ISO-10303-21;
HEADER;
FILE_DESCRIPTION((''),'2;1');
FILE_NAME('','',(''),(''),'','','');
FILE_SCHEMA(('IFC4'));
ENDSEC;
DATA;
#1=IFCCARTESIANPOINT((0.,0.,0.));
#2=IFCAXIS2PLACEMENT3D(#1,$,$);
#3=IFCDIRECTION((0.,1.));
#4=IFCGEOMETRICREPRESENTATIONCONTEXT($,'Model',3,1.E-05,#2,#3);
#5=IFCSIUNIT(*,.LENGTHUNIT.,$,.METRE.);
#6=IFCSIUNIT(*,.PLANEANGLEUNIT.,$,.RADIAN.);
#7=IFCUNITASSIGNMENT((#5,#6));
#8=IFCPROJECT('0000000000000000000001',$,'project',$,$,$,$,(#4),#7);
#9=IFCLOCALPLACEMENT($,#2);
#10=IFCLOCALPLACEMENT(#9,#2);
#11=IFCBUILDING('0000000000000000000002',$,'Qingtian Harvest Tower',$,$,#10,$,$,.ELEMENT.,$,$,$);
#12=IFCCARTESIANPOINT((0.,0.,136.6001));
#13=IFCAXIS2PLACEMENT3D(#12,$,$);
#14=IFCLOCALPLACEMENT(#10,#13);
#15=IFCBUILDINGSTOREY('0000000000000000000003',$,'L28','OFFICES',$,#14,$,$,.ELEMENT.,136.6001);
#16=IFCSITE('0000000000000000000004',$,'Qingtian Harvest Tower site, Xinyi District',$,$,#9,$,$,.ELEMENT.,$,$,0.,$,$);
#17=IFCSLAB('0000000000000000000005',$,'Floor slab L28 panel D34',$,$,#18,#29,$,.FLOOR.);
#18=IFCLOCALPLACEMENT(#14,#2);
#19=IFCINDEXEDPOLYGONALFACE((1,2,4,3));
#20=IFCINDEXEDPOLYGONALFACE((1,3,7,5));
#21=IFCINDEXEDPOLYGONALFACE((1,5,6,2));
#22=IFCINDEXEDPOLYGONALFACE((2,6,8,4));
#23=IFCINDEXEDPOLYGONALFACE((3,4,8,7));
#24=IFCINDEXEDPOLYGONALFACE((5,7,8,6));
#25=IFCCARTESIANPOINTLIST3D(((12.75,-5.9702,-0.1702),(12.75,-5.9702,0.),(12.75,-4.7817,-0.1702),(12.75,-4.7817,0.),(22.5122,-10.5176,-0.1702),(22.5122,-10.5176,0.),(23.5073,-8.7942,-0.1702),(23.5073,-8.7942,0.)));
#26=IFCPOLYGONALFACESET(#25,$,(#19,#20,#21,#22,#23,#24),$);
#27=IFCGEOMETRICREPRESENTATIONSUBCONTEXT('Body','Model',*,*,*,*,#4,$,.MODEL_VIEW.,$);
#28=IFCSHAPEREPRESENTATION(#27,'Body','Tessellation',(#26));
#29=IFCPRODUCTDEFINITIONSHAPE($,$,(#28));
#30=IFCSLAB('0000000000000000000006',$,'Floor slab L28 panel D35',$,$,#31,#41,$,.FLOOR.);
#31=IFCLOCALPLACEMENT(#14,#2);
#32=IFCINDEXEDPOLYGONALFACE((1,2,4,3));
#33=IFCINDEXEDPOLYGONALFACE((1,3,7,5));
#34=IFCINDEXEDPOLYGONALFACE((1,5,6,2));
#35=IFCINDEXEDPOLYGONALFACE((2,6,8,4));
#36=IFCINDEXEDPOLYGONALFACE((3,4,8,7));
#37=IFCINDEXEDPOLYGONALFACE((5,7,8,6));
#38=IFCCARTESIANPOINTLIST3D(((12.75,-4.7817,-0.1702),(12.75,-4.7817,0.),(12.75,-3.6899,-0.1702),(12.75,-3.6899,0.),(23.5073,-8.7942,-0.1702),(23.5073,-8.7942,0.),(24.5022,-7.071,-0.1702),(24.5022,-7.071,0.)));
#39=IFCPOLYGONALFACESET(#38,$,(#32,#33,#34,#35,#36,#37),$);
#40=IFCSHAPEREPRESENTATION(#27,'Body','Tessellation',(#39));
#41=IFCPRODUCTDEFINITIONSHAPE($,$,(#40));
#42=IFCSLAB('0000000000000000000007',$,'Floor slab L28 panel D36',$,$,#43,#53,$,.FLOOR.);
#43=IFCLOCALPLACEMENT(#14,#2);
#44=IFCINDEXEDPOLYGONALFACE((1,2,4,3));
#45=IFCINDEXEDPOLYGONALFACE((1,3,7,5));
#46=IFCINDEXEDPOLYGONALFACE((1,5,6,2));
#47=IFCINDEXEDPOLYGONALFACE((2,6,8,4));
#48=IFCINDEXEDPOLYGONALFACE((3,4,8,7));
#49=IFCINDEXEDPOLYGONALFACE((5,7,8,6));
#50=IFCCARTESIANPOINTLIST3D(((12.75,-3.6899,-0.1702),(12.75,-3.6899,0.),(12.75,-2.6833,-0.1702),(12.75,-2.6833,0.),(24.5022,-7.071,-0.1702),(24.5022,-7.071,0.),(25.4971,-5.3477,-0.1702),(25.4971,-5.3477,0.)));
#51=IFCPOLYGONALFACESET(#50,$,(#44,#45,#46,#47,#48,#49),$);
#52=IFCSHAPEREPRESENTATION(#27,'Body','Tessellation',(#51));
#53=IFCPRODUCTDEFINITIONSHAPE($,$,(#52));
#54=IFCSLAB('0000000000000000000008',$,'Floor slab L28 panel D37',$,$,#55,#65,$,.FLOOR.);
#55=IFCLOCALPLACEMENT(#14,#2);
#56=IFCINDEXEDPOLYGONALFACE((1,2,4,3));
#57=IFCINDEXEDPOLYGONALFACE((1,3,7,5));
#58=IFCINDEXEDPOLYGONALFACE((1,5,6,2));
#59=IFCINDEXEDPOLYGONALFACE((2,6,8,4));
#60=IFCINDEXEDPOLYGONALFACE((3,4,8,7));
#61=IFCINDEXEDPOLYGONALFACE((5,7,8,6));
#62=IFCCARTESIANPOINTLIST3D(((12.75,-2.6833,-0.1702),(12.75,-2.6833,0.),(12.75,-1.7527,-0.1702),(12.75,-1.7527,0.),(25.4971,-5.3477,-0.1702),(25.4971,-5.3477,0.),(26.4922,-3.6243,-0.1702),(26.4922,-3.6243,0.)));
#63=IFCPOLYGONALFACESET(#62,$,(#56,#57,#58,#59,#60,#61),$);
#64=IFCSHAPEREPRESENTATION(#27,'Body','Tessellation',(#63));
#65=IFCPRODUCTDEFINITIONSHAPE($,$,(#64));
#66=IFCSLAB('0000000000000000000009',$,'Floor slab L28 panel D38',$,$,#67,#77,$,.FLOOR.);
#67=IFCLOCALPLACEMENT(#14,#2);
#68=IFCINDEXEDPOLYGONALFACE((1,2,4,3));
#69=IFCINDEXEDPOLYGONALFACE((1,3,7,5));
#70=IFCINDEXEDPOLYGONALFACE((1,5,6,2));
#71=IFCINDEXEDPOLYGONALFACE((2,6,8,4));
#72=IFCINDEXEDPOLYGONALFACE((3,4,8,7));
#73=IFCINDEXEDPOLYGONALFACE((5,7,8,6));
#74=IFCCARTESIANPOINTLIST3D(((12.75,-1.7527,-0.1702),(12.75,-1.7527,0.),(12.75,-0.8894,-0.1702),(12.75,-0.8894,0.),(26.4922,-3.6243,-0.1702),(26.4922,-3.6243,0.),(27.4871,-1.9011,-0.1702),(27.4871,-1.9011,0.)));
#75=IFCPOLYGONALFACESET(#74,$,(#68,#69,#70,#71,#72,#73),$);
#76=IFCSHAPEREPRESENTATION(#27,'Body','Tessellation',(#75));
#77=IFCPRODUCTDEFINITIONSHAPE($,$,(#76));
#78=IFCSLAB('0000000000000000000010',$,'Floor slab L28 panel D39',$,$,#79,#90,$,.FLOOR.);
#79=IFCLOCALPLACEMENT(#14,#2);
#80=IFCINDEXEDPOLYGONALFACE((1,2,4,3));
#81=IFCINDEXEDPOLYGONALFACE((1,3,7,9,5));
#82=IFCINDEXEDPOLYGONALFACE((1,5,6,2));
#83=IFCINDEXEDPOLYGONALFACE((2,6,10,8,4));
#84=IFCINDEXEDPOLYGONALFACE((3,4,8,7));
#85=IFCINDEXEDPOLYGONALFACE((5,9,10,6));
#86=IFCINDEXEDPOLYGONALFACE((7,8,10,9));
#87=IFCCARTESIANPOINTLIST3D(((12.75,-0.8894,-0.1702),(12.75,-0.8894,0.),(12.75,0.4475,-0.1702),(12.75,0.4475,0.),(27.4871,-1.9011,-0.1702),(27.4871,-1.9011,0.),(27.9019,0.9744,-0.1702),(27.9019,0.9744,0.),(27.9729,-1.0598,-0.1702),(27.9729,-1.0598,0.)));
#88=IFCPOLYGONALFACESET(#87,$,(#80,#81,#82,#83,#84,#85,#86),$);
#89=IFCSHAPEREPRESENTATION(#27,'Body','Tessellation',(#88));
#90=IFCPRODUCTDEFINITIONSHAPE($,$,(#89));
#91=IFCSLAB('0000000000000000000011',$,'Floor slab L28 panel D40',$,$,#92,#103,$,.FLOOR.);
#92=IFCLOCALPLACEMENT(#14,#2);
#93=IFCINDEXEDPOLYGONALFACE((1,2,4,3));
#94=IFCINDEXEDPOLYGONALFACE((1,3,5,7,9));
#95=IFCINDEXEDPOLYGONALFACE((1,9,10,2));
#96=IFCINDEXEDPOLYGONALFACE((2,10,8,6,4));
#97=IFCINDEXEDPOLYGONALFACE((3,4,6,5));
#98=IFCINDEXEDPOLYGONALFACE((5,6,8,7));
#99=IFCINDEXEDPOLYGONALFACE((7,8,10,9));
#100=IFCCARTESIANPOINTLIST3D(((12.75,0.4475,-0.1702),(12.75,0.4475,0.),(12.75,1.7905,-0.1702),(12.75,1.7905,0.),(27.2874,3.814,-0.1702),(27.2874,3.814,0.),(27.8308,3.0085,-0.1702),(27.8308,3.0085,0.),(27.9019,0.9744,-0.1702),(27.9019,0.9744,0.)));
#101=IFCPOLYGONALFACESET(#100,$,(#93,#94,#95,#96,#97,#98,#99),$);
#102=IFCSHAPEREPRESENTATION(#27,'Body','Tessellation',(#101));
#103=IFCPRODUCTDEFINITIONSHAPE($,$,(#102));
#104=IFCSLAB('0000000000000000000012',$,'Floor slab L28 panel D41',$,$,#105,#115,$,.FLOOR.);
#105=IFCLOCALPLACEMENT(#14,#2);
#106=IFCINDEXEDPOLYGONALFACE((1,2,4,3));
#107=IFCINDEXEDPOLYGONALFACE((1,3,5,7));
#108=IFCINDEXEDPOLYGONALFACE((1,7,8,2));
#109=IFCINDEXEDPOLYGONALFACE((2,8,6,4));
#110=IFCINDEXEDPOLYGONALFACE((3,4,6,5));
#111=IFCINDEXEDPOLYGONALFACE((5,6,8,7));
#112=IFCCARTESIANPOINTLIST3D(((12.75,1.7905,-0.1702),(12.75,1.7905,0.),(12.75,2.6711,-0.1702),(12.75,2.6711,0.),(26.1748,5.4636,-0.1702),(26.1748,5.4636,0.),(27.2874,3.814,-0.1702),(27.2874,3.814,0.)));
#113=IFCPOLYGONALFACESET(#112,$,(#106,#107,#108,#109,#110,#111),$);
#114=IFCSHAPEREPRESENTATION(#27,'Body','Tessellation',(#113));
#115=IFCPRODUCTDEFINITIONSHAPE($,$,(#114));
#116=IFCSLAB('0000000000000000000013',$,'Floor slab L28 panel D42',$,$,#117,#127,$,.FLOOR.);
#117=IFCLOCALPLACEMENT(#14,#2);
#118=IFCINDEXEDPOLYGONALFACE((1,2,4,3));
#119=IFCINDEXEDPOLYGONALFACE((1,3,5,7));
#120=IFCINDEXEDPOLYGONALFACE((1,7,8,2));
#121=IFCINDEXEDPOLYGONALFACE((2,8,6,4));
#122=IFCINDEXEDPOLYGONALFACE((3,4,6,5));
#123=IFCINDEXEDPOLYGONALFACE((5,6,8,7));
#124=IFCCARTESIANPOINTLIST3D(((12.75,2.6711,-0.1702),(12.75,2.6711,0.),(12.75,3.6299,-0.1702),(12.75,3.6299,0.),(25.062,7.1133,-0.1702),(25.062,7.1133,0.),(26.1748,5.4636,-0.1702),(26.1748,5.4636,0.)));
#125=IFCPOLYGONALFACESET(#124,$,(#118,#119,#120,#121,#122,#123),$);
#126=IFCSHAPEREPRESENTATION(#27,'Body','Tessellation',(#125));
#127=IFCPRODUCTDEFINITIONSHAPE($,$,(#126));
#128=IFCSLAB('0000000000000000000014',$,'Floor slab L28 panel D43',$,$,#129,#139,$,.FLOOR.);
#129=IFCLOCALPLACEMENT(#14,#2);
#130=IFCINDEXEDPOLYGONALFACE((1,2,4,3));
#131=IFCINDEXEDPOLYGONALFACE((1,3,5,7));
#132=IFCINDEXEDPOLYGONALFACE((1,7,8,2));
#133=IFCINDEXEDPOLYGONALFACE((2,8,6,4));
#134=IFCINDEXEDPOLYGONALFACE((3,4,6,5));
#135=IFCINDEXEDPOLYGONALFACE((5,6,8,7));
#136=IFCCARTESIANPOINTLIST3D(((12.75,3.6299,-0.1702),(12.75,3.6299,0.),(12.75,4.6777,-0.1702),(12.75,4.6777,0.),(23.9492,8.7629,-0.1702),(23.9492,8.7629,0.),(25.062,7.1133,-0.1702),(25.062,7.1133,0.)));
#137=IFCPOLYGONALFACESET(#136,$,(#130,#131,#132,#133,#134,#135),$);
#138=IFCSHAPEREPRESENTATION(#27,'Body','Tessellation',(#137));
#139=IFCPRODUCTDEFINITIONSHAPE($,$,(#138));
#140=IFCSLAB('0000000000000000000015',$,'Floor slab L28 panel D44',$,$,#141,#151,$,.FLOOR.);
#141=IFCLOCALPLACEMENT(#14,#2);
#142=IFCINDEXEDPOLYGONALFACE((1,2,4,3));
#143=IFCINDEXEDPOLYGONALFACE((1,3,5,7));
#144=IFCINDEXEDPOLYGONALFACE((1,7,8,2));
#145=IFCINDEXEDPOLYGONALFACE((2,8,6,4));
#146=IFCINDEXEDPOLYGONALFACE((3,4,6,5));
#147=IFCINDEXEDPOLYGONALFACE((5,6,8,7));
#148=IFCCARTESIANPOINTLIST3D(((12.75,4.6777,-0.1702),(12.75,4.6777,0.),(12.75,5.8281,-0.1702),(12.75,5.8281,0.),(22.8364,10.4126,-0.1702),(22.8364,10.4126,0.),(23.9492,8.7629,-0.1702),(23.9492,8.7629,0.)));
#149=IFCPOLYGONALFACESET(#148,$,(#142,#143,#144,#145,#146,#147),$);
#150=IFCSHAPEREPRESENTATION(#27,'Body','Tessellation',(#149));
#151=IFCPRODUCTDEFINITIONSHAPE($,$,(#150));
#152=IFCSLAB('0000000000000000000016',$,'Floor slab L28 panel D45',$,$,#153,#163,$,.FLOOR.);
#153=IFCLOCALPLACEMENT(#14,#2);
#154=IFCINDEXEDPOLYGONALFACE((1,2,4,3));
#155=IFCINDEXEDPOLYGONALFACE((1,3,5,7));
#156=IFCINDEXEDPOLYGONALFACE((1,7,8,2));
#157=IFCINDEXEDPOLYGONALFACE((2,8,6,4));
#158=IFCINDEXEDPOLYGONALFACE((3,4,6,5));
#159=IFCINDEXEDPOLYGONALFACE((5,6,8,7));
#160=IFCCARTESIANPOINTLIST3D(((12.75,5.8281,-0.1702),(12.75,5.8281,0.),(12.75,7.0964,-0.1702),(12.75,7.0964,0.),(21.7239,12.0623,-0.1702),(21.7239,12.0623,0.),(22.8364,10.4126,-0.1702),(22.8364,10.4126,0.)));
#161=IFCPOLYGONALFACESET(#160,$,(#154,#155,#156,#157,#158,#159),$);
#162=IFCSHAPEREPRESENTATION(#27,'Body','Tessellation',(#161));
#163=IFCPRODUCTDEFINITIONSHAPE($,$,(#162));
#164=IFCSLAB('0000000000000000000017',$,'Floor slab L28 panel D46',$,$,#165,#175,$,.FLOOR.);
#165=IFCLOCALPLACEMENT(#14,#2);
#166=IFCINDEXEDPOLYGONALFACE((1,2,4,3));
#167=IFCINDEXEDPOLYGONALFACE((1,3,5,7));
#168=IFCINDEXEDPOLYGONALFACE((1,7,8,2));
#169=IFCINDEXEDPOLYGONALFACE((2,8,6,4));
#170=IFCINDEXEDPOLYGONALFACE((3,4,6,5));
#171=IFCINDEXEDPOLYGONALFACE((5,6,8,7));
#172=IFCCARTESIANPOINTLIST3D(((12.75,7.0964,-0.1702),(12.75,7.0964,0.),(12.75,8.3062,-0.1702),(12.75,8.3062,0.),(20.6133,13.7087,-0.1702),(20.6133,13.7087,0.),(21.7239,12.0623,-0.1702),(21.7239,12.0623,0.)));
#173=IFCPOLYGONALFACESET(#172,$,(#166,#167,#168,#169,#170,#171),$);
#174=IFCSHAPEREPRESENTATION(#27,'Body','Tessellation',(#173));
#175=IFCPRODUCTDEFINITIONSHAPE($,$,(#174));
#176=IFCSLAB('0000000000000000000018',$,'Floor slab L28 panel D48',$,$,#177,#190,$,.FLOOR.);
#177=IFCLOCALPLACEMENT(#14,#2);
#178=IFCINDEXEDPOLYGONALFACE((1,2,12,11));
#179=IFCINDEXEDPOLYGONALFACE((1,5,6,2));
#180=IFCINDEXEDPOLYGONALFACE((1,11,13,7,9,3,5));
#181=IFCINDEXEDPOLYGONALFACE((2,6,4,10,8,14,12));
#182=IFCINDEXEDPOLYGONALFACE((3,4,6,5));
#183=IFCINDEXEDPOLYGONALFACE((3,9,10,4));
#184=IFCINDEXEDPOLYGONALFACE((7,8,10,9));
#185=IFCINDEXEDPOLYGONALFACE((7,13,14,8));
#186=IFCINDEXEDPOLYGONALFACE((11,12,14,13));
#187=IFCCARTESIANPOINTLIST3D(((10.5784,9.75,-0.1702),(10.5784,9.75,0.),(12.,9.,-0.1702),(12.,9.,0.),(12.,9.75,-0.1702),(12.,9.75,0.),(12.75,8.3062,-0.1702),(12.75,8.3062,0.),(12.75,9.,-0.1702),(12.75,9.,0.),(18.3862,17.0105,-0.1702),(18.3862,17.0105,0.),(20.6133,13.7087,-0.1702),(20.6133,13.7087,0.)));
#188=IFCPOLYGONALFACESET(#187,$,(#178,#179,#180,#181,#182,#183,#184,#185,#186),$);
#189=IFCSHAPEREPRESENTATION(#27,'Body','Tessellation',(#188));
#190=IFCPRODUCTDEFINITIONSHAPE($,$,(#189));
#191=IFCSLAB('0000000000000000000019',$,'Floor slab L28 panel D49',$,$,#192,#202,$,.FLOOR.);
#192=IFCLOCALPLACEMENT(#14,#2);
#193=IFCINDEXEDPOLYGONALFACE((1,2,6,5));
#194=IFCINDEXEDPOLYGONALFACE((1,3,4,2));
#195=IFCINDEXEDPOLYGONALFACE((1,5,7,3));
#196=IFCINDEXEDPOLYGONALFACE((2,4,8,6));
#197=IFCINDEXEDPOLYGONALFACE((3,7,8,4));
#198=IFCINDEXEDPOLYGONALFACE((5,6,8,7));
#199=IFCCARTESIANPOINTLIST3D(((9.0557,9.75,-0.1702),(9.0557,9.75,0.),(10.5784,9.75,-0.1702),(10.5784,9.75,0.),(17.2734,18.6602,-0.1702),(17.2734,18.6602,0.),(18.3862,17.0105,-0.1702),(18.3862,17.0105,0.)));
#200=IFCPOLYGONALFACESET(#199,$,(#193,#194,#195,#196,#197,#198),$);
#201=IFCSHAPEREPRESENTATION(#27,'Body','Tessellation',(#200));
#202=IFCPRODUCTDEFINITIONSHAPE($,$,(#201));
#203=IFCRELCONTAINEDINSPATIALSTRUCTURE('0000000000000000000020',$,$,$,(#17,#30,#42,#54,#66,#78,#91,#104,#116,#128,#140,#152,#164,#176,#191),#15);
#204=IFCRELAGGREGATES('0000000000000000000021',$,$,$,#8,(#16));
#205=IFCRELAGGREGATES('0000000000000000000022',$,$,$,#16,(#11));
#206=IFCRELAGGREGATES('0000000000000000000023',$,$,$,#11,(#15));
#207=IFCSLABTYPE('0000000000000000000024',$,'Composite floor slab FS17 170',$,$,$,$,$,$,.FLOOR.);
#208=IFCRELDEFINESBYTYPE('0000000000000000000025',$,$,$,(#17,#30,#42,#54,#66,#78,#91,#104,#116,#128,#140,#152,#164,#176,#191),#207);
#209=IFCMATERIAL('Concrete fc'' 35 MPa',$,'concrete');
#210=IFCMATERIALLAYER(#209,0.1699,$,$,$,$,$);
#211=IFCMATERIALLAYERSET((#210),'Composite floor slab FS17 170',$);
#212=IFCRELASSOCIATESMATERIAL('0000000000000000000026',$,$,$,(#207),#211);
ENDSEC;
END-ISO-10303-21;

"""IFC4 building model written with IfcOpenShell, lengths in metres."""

from ifc_helpers import new_model, si_unit, direction, frame, origin, place, context, subcontext, project, spatial, polyline, outline, extrude, material, layer, layer_set, type_object, element, save


model = new_model("IFC4")

# Units and contexts
model_context = context("Model", 3, precision=1e-05, world=origin(), true_north=direction((0.0, 1.0)))
body_context = subcontext(model_context, "Body", "Model", "MODEL_VIEW")
ifc_project = project(units=[si_unit("LENGTHUNIT", "METRE"), si_unit("PLANEANGLEUNIT", "RADIAN")], contexts=[model_context])

# Site, building, storey
site_placement = place(None, origin())
site = spatial("IfcSite", under=ifc_project, at=site_placement, Name="Qingtian Harvest Tower site, Xinyi District", CompositionType="ELEMENT", RefElevation=0.0)
building_placement = place(site_placement, origin())
building = spatial("IfcBuilding", under=site, at=building_placement, Name="Qingtian Harvest Tower", CompositionType="ELEMENT")
storey_placement = place(building_placement, frame((0.0, 0.0, 136.6001)))
storey = spatial("IfcBuildingStorey", under=building, at=storey_placement, Name="L28", Description="OFFICES", CompositionType="ELEMENT", Elevation=136.6001)

# Slabs
ifc_material_1 = material(Name="Concrete fc' 35 MPa", Category="concrete")
ifc_layer_1 = layer(ifc_material_1, 0.1699)
ifc_layer_set_1 = layer_set([ifc_layer_1], Name="Composite floor slab FS17 170")
slab_type = type_object("IfcSlabType", Name="Composite floor slab FS17 170", PredefinedType="FLOOR", material=ifc_layer_set_1)
slab_1_placement = place(storey_placement, frame((0.0, 0.0, -0.1702)))
element("IfcSlab", 1, at=slab_1_placement, inside=storey, type_object=slab_type, Name="Floor slab L28 panel D34", PredefinedType="FLOOR", context=body_context, shape_type="SweptSolid", body=[
    extrude(outline(polyline([(12.75, -4.7817), (23.5073, -8.7942), (22.5122, -10.5176), (12.75, -5.9702), (12.75, -4.7817)])), origin(), (0.0, 0.0, 1.0), 0.1702),
])
slab_2_placement = place(storey_placement, frame((0.0, 0.0, -0.1702)))
element("IfcSlab", 2, at=slab_2_placement, inside=storey, type_object=slab_type, Name="Floor slab L28 panel D35", PredefinedType="FLOOR", context=body_context, shape_type="SweptSolid", body=[
    extrude(outline(polyline([(12.75, -3.6899), (24.5022, -7.071), (23.5073, -8.7942), (12.75, -4.7817), (12.75, -3.6899)])), origin(), (0.0, 0.0, 1.0), 0.1702),
])
slab_3_placement = place(storey_placement, frame((0.0, 0.0, -0.1702)))
element("IfcSlab", 3, at=slab_3_placement, inside=storey, type_object=slab_type, Name="Floor slab L28 panel D36", PredefinedType="FLOOR", context=body_context, shape_type="SweptSolid", body=[
    extrude(outline(polyline([(12.75, -2.6833), (25.4971, -5.3477), (24.5022, -7.071), (12.75, -3.6899), (12.75, -2.6833)])), origin(), (0.0, 0.0, 1.0), 0.1702),
])
slab_4_placement = place(storey_placement, frame((0.0, 0.0, -0.1702)))
element("IfcSlab", 4, at=slab_4_placement, inside=storey, type_object=slab_type, Name="Floor slab L28 panel D37", PredefinedType="FLOOR", context=body_context, shape_type="SweptSolid", body=[
    extrude(outline(polyline([(12.75, -1.7527), (26.4922, -3.6243), (25.4971, -5.3477), (12.75, -2.6833), (12.75, -1.7527)])), origin(), (0.0, 0.0, 1.0), 0.1702),
])
slab_5_placement = place(storey_placement, frame((0.0, 0.0, -0.1702)))
element("IfcSlab", 5, at=slab_5_placement, inside=storey, type_object=slab_type, Name="Floor slab L28 panel D38", PredefinedType="FLOOR", context=body_context, shape_type="SweptSolid", body=[
    extrude(outline(polyline([(12.75, -0.8894), (27.4871, -1.9011), (26.4922, -3.6243), (12.75, -1.7527), (12.75, -0.8894)])), origin(), (0.0, 0.0, 1.0), 0.1702),
])
slab_6_placement = place(storey_placement, frame((0.0, 0.0, -0.1702)))
element("IfcSlab", 6, at=slab_6_placement, inside=storey, type_object=slab_type, Name="Floor slab L28 panel D39", PredefinedType="FLOOR", context=body_context, shape_type="SweptSolid", body=[
    extrude(outline(polyline([(12.75, -0.8894), (12.75, 0.4475), (27.9019, 0.9744), (27.9729, -1.0598), (27.4871, -1.9011), (12.75, -0.8894)])), origin(), (0.0, 0.0, 1.0), 0.1702),
])
slab_7_placement = place(storey_placement, frame((0.0, 0.0, -0.1702)))
element("IfcSlab", 7, at=slab_7_placement, inside=storey, type_object=slab_type, Name="Floor slab L28 panel D40", PredefinedType="FLOOR", context=body_context, shape_type="SweptSolid", body=[
    extrude(outline(polyline([(12.75, 0.4475), (12.75, 1.7905), (27.2874, 3.814), (27.8308, 3.0085), (27.9019, 0.9744), (12.75, 0.4475)])), origin(), (0.0, 0.0, 1.0), 0.1702),
])
slab_8_placement = place(storey_placement, frame((0.0, 0.0, -0.1702)))
element("IfcSlab", 8, at=slab_8_placement, inside=storey, type_object=slab_type, Name="Floor slab L28 panel D41", PredefinedType="FLOOR", context=body_context, shape_type="SweptSolid", body=[
    extrude(outline(polyline([(12.75, 2.6711), (26.1748, 5.4636), (27.2874, 3.814), (12.75, 1.7905), (12.75, 2.6711)])), origin(), (0.0, 0.0, 1.0), 0.1702),
])
slab_9_placement = place(storey_placement, frame((0.0, 0.0, -0.1702)))
element("IfcSlab", 9, at=slab_9_placement, inside=storey, type_object=slab_type, Name="Floor slab L28 panel D42", PredefinedType="FLOOR", context=body_context, shape_type="SweptSolid", body=[
    extrude(outline(polyline([(12.75, 3.6299), (25.062, 7.1133), (26.1748, 5.4636), (12.75, 2.6711), (12.75, 3.6299)])), origin(), (0.0, 0.0, 1.0), 0.1702),
])
slab_10_placement = place(storey_placement, frame((0.0, 0.0, -0.1702)))
element("IfcSlab", 10, at=slab_10_placement, inside=storey, type_object=slab_type, Name="Floor slab L28 panel D43", PredefinedType="FLOOR", context=body_context, shape_type="SweptSolid", body=[
    extrude(outline(polyline([(12.75, 4.6777), (23.9492, 8.7629), (25.062, 7.1133), (12.75, 3.6299), (12.75, 4.6777)])), origin(), (0.0, 0.0, 1.0), 0.1702),
])
slab_11_placement = place(storey_placement, frame((0.0, 0.0, -0.1702)))
element("IfcSlab", 11, at=slab_11_placement, inside=storey, type_object=slab_type, Name="Floor slab L28 panel D44", PredefinedType="FLOOR", context=body_context, shape_type="SweptSolid", body=[
    extrude(outline(polyline([(12.75, 5.8281), (22.8364, 10.4126), (23.9492, 8.7629), (12.75, 4.6777), (12.75, 5.8281)])), origin(), (0.0, 0.0, 1.0), 0.1702),
])
slab_12_placement = place(storey_placement, frame((0.0, 0.0, -0.1702)))
element("IfcSlab", 12, at=slab_12_placement, inside=storey, type_object=slab_type, Name="Floor slab L28 panel D45", PredefinedType="FLOOR", context=body_context, shape_type="SweptSolid", body=[
    extrude(outline(polyline([(12.75, 7.0964), (21.7239, 12.0623), (22.8364, 10.4126), (12.75, 5.8281), (12.75, 7.0964)])), origin(), (0.0, 0.0, 1.0), 0.1702),
])
slab_13_placement = place(storey_placement, frame((0.0, 0.0, -0.1702)))
element("IfcSlab", 13, at=slab_13_placement, inside=storey, type_object=slab_type, Name="Floor slab L28 panel D46", PredefinedType="FLOOR", context=body_context, shape_type="SweptSolid", body=[
    extrude(outline(polyline([(12.75, 8.3062), (20.6133, 13.7087), (21.7239, 12.0623), (12.75, 7.0964), (12.75, 8.3062)])), origin(), (0.0, 0.0, 1.0), 0.1702),
])
slab_14_placement = place(storey_placement, frame((0.0, 0.0, -0.1702)))
element("IfcSlab", 14, at=slab_14_placement, inside=storey, type_object=slab_type, Name="Floor slab L28 panel D48", PredefinedType="FLOOR", context=body_context, shape_type="SweptSolid", body=[
    extrude(outline(polyline([(18.3862, 17.0105), (20.6133, 13.7087), (12.75, 8.3062), (12.75, 9.0), (12.0, 9.0), (12.0, 9.75), (10.5784, 9.75), (18.3862, 17.0105)])), origin(), (0.0, 0.0, 1.0), 0.1702),
])
slab_15_placement = place(storey_placement, frame((0.0, 0.0, -0.1702)))
element("IfcSlab", 15, at=slab_15_placement, inside=storey, type_object=slab_type, Name="Floor slab L28 panel D49", PredefinedType="FLOOR", context=body_context, shape_type="SweptSolid", body=[
    extrude(outline(polyline([(9.0557, 9.75), (17.2734, 18.6602), (18.3862, 17.0105), (10.5784, 9.75), (9.0557, 9.75)])), origin(), (0.0, 0.0, 1.0), 0.1702),
])

save(model, "model.ifc")
